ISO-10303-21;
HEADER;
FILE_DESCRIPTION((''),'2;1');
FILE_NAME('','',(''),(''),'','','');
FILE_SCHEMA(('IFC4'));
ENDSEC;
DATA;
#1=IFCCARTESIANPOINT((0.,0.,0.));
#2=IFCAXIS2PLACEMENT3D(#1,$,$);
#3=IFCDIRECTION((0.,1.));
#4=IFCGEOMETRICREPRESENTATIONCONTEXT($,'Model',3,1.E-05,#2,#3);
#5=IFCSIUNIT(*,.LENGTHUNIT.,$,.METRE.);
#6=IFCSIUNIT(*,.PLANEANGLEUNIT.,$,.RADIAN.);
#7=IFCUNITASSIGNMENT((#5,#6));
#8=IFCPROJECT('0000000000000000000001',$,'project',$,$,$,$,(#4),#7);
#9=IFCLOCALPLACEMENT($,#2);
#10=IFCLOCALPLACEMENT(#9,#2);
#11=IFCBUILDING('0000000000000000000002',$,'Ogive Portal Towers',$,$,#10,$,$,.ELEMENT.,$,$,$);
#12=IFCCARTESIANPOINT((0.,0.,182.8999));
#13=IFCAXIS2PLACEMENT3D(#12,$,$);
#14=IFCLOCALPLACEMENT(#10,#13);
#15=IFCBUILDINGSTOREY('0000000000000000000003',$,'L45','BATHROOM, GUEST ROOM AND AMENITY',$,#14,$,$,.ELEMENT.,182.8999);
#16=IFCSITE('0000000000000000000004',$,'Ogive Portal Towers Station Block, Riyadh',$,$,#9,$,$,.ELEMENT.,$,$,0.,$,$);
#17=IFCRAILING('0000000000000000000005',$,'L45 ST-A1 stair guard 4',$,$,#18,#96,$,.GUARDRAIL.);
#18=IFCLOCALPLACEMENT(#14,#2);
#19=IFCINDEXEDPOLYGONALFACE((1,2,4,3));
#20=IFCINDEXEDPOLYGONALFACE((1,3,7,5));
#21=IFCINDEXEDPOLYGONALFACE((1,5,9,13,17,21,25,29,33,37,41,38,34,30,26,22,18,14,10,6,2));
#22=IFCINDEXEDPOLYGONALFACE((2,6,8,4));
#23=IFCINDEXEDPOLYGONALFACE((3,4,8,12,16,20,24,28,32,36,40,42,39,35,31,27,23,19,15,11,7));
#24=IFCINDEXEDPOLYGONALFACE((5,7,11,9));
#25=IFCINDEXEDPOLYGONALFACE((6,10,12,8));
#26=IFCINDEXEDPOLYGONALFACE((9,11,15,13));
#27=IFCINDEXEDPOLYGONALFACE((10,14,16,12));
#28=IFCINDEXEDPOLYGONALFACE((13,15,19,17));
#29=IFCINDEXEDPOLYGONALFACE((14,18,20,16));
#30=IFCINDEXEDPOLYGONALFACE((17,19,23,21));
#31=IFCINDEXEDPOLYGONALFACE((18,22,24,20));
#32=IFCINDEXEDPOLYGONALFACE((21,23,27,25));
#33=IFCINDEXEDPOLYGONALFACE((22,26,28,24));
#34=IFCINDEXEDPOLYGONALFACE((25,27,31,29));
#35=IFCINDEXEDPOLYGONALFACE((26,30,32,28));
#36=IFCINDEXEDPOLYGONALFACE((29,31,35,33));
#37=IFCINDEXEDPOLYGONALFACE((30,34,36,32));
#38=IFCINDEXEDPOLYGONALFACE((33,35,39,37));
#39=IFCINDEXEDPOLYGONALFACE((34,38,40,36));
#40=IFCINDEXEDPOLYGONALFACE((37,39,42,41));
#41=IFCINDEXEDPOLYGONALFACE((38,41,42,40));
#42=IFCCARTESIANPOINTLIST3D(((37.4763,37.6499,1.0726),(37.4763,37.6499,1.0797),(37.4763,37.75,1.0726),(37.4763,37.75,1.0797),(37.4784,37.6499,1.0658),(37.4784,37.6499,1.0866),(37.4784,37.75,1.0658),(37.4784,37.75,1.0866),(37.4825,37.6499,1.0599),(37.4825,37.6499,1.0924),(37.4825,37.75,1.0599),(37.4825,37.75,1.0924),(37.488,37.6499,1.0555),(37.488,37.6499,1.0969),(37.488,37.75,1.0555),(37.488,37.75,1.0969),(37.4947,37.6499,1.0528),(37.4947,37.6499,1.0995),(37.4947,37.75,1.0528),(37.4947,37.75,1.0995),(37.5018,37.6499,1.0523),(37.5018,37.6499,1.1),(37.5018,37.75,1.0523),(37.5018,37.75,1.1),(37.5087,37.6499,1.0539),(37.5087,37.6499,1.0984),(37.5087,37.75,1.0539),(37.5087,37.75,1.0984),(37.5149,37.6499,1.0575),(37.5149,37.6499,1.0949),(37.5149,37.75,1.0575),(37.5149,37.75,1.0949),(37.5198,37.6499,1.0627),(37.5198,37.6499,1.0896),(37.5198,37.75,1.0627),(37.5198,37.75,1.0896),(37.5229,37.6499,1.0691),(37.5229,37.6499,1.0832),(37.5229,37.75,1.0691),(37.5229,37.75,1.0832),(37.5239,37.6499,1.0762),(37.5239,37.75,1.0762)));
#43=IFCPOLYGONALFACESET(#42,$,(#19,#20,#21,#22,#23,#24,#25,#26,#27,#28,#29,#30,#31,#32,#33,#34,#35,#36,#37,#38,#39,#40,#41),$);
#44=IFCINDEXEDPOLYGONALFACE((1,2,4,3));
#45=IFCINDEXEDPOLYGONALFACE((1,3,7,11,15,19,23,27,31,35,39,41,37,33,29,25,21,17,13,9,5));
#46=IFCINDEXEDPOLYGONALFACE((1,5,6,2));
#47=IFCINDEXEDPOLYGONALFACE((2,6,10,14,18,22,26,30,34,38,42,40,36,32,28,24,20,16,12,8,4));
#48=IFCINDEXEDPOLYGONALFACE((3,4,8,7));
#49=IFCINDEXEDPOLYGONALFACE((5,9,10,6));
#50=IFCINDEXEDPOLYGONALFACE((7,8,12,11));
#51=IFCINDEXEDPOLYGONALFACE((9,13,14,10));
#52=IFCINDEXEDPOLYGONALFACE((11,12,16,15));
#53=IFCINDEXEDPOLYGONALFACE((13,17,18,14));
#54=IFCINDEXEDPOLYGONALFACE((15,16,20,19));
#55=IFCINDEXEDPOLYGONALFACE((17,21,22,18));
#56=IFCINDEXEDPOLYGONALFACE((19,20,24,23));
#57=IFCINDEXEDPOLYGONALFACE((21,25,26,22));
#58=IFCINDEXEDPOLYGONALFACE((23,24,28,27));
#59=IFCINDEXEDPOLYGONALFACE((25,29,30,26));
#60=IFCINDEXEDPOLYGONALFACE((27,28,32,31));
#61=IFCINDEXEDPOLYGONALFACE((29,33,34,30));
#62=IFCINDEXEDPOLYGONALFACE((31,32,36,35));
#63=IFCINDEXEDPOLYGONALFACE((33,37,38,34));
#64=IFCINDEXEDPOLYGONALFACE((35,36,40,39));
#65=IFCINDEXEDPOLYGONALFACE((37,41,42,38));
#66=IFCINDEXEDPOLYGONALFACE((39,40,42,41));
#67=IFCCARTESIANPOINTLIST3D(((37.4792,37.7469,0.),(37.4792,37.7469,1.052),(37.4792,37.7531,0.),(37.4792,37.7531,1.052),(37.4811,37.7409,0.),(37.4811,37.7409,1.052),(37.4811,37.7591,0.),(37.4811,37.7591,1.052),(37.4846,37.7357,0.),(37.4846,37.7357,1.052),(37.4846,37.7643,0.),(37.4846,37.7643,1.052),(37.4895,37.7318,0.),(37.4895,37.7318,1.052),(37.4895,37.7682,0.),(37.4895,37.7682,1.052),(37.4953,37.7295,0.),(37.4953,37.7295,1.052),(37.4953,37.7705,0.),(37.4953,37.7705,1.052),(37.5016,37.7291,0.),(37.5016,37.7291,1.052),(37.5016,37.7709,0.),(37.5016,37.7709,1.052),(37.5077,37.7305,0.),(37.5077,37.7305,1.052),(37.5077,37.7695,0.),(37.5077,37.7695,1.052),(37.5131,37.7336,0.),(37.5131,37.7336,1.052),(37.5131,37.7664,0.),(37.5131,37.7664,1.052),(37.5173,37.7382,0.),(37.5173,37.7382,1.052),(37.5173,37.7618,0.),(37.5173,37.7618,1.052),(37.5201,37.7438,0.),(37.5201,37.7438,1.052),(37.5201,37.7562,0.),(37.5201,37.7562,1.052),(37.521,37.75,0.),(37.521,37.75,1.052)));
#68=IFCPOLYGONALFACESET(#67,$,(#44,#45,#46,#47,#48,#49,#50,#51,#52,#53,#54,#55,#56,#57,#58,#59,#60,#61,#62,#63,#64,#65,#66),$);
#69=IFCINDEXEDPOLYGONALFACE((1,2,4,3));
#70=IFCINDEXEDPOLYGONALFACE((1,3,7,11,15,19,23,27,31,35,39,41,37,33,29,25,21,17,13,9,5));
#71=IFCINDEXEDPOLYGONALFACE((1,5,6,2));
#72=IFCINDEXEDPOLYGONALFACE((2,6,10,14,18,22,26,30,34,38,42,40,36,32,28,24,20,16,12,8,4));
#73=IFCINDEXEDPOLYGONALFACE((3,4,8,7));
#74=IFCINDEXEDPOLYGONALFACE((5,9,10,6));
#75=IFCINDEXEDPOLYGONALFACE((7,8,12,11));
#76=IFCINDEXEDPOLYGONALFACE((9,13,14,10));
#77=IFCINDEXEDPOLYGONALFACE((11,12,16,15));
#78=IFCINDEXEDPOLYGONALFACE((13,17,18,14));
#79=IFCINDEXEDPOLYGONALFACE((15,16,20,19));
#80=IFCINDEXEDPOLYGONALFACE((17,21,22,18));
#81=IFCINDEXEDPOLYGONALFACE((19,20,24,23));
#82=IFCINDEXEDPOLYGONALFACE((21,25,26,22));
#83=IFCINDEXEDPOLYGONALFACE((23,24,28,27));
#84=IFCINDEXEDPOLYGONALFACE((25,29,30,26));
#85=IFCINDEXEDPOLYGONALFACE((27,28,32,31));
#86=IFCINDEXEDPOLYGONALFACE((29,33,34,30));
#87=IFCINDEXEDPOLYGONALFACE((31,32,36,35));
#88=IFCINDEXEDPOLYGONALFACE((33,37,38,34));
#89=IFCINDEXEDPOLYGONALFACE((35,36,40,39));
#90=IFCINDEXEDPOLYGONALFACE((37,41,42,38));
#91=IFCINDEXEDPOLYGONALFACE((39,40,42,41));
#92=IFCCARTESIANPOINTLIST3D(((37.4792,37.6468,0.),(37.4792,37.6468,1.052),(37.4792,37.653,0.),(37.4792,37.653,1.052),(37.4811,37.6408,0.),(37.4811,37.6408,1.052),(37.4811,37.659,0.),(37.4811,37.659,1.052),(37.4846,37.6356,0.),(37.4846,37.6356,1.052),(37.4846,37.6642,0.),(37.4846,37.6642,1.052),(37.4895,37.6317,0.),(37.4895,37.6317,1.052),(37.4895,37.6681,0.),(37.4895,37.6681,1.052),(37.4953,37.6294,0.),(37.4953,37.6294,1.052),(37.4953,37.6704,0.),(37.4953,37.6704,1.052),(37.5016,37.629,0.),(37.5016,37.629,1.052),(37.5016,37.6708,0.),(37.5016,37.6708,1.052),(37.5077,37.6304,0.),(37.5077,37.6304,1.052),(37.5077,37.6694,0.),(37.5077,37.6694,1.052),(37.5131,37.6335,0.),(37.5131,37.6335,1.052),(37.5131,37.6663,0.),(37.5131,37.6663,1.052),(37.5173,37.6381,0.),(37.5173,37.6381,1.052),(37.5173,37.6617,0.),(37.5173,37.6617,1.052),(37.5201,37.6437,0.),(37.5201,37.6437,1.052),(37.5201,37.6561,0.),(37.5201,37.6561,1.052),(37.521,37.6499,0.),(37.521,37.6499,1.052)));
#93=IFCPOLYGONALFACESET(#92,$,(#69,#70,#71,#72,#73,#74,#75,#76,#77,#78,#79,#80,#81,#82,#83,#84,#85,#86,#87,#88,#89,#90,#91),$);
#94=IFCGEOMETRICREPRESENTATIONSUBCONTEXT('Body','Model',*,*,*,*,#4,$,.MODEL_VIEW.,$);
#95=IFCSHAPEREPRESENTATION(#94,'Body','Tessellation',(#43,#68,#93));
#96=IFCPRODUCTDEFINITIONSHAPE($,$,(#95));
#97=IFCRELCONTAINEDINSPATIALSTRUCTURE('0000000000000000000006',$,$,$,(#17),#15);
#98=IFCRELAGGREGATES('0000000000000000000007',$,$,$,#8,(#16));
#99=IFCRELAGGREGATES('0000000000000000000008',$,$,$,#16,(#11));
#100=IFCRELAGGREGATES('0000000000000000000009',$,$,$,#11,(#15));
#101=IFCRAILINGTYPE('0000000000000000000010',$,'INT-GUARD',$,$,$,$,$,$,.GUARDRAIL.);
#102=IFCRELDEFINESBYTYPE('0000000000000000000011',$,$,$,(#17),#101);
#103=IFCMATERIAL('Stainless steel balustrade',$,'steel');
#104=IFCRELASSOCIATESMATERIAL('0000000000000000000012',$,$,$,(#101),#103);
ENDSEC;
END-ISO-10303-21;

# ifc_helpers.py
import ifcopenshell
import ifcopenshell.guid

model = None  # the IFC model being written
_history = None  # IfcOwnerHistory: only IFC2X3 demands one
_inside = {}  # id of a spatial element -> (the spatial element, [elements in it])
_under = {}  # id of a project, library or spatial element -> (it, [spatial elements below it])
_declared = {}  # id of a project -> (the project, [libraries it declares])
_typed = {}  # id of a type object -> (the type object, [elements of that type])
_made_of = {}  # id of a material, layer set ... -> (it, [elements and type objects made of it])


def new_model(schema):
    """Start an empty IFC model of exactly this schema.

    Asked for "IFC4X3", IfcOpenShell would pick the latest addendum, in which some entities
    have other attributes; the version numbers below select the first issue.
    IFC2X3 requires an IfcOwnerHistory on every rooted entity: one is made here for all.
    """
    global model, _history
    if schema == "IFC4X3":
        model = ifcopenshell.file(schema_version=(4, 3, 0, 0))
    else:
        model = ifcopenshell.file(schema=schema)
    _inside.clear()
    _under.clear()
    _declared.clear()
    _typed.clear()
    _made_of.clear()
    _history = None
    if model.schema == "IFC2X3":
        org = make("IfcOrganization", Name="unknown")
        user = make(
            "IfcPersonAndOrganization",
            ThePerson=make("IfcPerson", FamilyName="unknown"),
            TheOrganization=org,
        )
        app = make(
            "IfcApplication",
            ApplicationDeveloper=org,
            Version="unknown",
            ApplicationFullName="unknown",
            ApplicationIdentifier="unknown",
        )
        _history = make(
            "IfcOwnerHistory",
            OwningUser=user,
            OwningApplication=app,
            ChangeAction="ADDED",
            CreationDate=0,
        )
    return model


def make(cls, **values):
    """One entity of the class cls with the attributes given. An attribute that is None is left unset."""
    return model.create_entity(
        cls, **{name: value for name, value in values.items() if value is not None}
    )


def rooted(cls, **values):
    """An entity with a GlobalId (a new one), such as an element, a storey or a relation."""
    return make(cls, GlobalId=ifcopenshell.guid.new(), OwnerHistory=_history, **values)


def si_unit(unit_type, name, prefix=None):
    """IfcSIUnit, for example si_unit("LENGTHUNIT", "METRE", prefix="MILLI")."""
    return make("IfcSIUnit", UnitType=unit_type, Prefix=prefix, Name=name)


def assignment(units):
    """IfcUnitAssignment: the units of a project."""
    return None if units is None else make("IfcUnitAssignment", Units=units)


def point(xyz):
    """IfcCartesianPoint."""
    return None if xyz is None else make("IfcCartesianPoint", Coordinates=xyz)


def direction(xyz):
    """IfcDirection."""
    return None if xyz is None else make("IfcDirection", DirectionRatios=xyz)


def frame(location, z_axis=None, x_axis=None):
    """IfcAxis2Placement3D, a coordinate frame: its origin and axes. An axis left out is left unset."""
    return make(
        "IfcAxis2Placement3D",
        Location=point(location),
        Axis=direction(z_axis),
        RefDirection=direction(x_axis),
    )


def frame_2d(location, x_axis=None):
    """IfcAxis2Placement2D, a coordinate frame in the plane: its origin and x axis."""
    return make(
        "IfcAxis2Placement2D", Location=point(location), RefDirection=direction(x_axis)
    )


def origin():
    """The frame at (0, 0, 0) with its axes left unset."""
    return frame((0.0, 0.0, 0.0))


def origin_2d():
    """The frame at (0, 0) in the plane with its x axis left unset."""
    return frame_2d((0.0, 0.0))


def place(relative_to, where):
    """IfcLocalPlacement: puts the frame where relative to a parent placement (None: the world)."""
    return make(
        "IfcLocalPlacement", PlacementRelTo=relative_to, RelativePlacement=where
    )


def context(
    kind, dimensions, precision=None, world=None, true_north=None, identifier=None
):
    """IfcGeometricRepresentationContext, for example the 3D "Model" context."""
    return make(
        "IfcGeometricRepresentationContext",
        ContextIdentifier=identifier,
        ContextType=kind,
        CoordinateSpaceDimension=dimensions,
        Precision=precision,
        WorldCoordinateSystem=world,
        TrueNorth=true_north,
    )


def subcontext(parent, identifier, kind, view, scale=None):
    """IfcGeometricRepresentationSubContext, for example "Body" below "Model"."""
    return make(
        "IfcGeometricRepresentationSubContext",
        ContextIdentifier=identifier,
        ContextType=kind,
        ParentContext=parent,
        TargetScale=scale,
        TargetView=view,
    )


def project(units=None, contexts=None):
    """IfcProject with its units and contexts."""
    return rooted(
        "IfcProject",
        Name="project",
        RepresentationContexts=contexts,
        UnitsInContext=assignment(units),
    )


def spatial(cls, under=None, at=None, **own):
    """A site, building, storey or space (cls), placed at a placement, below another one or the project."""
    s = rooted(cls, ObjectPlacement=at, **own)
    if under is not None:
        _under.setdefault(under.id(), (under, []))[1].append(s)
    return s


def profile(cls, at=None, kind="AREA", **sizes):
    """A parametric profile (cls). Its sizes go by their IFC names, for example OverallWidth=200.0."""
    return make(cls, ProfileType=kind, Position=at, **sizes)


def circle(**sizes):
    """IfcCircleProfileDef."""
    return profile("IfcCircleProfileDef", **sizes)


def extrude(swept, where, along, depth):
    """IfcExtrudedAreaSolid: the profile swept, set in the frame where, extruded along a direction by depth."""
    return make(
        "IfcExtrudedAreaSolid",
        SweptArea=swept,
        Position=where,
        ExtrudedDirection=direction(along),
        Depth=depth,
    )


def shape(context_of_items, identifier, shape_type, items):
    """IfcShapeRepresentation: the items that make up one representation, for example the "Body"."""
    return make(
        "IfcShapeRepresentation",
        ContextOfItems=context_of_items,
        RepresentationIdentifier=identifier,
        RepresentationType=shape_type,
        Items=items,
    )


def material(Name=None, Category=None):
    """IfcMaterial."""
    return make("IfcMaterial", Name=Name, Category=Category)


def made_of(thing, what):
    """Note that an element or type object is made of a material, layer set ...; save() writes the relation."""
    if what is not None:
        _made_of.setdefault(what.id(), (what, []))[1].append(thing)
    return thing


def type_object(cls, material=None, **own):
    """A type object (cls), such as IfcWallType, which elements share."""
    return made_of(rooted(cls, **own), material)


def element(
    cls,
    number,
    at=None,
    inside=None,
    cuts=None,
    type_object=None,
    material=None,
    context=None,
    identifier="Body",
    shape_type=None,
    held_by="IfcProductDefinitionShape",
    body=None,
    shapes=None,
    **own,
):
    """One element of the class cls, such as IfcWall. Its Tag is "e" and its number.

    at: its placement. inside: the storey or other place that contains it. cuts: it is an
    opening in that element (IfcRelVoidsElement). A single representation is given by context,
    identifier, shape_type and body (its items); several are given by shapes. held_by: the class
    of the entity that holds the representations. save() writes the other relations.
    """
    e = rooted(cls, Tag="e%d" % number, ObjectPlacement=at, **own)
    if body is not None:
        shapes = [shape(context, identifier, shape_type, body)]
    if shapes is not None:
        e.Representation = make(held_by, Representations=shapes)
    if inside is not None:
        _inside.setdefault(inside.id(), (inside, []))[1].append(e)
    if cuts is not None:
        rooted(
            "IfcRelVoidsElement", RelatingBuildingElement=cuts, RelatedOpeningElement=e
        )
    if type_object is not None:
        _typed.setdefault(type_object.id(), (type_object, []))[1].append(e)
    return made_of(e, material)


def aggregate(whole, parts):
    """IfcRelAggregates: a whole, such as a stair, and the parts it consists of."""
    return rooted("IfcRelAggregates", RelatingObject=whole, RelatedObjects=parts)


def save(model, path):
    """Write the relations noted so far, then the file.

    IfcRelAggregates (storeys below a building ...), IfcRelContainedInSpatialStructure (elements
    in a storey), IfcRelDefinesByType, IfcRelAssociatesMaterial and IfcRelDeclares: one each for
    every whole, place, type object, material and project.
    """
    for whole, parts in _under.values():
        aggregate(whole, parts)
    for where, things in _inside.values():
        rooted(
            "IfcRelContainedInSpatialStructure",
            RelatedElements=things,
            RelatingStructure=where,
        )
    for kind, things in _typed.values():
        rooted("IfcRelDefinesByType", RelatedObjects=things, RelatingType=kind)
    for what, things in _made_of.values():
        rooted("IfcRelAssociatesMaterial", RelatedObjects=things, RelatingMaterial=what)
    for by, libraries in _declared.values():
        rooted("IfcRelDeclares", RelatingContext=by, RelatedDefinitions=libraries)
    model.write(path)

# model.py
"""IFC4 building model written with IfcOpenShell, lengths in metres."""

from ifc_helpers import new_model, si_unit, direction, frame, origin, origin_2d, place, context, subcontext, project, spatial, circle, extrude, material, type_object, element, save


model = new_model("IFC4")

# Units and contexts
model_context = context("Model", 3, precision=1e-05, world=origin(), true_north=direction((0.0, 1.0)))
body_context = subcontext(model_context, "Body", "Model", "MODEL_VIEW")
ifc_project = project(units=[si_unit("LENGTHUNIT", "METRE"), si_unit("PLANEANGLEUNIT", "RADIAN")], contexts=[model_context])

# Site, building, storey
site_placement = place(None, origin())
site = spatial("IfcSite", under=ifc_project, at=site_placement, Name="Ogive Portal Towers Station Block, Riyadh", CompositionType="ELEMENT", RefElevation=0.0)
building_placement = place(site_placement, origin())
building = spatial("IfcBuilding", under=site, at=building_placement, Name="Ogive Portal Towers", CompositionType="ELEMENT")
storey_placement = place(building_placement, frame((0.0, 0.0, 182.8999)))
storey = spatial("IfcBuildingStorey", under=building, at=storey_placement, Name="L45", Description="BATHROOM, GUEST ROOM AND AMENITY", CompositionType="ELEMENT", Elevation=182.8999)

# Railing
ifc_material_1 = material(Name="Stainless steel balustrade", Category="steel")
railing_type_1 = type_object("IfcRailingType", Name="INT-GUARD", PredefinedType="GUARDRAIL", material=ifc_material_1)
railing_1_placement = place(storey_placement, frame((37.5, 37.75, 0.0)))
element("IfcRailing", 1, at=railing_1_placement, inside=storey, type_object=railing_type_1, Name="L45 ST-A1 stair guard 4", PredefinedType="GUARDRAIL", context=body_context, shape_type="SweptSolid", body=[
    extrude(circle(Radius=0.0239, at=origin_2d()), frame((0.0, 0.0, 1.0762), z_axis=(0.0, -1.0, 0.0), x_axis=(1.0, 0.0, 0.0)), (0.0, 0.0, 1.0), 0.1001),
    extrude(circle(Radius=0.021, at=origin_2d()), origin(), (0.0, 0.0, 1.0), 1.052),
    extrude(circle(Radius=0.021, at=origin_2d()), frame((0.0, -0.1001, 0.0)), (0.0, 0.0, 1.0), 1.052),
])

save(model, "model.ifc")
